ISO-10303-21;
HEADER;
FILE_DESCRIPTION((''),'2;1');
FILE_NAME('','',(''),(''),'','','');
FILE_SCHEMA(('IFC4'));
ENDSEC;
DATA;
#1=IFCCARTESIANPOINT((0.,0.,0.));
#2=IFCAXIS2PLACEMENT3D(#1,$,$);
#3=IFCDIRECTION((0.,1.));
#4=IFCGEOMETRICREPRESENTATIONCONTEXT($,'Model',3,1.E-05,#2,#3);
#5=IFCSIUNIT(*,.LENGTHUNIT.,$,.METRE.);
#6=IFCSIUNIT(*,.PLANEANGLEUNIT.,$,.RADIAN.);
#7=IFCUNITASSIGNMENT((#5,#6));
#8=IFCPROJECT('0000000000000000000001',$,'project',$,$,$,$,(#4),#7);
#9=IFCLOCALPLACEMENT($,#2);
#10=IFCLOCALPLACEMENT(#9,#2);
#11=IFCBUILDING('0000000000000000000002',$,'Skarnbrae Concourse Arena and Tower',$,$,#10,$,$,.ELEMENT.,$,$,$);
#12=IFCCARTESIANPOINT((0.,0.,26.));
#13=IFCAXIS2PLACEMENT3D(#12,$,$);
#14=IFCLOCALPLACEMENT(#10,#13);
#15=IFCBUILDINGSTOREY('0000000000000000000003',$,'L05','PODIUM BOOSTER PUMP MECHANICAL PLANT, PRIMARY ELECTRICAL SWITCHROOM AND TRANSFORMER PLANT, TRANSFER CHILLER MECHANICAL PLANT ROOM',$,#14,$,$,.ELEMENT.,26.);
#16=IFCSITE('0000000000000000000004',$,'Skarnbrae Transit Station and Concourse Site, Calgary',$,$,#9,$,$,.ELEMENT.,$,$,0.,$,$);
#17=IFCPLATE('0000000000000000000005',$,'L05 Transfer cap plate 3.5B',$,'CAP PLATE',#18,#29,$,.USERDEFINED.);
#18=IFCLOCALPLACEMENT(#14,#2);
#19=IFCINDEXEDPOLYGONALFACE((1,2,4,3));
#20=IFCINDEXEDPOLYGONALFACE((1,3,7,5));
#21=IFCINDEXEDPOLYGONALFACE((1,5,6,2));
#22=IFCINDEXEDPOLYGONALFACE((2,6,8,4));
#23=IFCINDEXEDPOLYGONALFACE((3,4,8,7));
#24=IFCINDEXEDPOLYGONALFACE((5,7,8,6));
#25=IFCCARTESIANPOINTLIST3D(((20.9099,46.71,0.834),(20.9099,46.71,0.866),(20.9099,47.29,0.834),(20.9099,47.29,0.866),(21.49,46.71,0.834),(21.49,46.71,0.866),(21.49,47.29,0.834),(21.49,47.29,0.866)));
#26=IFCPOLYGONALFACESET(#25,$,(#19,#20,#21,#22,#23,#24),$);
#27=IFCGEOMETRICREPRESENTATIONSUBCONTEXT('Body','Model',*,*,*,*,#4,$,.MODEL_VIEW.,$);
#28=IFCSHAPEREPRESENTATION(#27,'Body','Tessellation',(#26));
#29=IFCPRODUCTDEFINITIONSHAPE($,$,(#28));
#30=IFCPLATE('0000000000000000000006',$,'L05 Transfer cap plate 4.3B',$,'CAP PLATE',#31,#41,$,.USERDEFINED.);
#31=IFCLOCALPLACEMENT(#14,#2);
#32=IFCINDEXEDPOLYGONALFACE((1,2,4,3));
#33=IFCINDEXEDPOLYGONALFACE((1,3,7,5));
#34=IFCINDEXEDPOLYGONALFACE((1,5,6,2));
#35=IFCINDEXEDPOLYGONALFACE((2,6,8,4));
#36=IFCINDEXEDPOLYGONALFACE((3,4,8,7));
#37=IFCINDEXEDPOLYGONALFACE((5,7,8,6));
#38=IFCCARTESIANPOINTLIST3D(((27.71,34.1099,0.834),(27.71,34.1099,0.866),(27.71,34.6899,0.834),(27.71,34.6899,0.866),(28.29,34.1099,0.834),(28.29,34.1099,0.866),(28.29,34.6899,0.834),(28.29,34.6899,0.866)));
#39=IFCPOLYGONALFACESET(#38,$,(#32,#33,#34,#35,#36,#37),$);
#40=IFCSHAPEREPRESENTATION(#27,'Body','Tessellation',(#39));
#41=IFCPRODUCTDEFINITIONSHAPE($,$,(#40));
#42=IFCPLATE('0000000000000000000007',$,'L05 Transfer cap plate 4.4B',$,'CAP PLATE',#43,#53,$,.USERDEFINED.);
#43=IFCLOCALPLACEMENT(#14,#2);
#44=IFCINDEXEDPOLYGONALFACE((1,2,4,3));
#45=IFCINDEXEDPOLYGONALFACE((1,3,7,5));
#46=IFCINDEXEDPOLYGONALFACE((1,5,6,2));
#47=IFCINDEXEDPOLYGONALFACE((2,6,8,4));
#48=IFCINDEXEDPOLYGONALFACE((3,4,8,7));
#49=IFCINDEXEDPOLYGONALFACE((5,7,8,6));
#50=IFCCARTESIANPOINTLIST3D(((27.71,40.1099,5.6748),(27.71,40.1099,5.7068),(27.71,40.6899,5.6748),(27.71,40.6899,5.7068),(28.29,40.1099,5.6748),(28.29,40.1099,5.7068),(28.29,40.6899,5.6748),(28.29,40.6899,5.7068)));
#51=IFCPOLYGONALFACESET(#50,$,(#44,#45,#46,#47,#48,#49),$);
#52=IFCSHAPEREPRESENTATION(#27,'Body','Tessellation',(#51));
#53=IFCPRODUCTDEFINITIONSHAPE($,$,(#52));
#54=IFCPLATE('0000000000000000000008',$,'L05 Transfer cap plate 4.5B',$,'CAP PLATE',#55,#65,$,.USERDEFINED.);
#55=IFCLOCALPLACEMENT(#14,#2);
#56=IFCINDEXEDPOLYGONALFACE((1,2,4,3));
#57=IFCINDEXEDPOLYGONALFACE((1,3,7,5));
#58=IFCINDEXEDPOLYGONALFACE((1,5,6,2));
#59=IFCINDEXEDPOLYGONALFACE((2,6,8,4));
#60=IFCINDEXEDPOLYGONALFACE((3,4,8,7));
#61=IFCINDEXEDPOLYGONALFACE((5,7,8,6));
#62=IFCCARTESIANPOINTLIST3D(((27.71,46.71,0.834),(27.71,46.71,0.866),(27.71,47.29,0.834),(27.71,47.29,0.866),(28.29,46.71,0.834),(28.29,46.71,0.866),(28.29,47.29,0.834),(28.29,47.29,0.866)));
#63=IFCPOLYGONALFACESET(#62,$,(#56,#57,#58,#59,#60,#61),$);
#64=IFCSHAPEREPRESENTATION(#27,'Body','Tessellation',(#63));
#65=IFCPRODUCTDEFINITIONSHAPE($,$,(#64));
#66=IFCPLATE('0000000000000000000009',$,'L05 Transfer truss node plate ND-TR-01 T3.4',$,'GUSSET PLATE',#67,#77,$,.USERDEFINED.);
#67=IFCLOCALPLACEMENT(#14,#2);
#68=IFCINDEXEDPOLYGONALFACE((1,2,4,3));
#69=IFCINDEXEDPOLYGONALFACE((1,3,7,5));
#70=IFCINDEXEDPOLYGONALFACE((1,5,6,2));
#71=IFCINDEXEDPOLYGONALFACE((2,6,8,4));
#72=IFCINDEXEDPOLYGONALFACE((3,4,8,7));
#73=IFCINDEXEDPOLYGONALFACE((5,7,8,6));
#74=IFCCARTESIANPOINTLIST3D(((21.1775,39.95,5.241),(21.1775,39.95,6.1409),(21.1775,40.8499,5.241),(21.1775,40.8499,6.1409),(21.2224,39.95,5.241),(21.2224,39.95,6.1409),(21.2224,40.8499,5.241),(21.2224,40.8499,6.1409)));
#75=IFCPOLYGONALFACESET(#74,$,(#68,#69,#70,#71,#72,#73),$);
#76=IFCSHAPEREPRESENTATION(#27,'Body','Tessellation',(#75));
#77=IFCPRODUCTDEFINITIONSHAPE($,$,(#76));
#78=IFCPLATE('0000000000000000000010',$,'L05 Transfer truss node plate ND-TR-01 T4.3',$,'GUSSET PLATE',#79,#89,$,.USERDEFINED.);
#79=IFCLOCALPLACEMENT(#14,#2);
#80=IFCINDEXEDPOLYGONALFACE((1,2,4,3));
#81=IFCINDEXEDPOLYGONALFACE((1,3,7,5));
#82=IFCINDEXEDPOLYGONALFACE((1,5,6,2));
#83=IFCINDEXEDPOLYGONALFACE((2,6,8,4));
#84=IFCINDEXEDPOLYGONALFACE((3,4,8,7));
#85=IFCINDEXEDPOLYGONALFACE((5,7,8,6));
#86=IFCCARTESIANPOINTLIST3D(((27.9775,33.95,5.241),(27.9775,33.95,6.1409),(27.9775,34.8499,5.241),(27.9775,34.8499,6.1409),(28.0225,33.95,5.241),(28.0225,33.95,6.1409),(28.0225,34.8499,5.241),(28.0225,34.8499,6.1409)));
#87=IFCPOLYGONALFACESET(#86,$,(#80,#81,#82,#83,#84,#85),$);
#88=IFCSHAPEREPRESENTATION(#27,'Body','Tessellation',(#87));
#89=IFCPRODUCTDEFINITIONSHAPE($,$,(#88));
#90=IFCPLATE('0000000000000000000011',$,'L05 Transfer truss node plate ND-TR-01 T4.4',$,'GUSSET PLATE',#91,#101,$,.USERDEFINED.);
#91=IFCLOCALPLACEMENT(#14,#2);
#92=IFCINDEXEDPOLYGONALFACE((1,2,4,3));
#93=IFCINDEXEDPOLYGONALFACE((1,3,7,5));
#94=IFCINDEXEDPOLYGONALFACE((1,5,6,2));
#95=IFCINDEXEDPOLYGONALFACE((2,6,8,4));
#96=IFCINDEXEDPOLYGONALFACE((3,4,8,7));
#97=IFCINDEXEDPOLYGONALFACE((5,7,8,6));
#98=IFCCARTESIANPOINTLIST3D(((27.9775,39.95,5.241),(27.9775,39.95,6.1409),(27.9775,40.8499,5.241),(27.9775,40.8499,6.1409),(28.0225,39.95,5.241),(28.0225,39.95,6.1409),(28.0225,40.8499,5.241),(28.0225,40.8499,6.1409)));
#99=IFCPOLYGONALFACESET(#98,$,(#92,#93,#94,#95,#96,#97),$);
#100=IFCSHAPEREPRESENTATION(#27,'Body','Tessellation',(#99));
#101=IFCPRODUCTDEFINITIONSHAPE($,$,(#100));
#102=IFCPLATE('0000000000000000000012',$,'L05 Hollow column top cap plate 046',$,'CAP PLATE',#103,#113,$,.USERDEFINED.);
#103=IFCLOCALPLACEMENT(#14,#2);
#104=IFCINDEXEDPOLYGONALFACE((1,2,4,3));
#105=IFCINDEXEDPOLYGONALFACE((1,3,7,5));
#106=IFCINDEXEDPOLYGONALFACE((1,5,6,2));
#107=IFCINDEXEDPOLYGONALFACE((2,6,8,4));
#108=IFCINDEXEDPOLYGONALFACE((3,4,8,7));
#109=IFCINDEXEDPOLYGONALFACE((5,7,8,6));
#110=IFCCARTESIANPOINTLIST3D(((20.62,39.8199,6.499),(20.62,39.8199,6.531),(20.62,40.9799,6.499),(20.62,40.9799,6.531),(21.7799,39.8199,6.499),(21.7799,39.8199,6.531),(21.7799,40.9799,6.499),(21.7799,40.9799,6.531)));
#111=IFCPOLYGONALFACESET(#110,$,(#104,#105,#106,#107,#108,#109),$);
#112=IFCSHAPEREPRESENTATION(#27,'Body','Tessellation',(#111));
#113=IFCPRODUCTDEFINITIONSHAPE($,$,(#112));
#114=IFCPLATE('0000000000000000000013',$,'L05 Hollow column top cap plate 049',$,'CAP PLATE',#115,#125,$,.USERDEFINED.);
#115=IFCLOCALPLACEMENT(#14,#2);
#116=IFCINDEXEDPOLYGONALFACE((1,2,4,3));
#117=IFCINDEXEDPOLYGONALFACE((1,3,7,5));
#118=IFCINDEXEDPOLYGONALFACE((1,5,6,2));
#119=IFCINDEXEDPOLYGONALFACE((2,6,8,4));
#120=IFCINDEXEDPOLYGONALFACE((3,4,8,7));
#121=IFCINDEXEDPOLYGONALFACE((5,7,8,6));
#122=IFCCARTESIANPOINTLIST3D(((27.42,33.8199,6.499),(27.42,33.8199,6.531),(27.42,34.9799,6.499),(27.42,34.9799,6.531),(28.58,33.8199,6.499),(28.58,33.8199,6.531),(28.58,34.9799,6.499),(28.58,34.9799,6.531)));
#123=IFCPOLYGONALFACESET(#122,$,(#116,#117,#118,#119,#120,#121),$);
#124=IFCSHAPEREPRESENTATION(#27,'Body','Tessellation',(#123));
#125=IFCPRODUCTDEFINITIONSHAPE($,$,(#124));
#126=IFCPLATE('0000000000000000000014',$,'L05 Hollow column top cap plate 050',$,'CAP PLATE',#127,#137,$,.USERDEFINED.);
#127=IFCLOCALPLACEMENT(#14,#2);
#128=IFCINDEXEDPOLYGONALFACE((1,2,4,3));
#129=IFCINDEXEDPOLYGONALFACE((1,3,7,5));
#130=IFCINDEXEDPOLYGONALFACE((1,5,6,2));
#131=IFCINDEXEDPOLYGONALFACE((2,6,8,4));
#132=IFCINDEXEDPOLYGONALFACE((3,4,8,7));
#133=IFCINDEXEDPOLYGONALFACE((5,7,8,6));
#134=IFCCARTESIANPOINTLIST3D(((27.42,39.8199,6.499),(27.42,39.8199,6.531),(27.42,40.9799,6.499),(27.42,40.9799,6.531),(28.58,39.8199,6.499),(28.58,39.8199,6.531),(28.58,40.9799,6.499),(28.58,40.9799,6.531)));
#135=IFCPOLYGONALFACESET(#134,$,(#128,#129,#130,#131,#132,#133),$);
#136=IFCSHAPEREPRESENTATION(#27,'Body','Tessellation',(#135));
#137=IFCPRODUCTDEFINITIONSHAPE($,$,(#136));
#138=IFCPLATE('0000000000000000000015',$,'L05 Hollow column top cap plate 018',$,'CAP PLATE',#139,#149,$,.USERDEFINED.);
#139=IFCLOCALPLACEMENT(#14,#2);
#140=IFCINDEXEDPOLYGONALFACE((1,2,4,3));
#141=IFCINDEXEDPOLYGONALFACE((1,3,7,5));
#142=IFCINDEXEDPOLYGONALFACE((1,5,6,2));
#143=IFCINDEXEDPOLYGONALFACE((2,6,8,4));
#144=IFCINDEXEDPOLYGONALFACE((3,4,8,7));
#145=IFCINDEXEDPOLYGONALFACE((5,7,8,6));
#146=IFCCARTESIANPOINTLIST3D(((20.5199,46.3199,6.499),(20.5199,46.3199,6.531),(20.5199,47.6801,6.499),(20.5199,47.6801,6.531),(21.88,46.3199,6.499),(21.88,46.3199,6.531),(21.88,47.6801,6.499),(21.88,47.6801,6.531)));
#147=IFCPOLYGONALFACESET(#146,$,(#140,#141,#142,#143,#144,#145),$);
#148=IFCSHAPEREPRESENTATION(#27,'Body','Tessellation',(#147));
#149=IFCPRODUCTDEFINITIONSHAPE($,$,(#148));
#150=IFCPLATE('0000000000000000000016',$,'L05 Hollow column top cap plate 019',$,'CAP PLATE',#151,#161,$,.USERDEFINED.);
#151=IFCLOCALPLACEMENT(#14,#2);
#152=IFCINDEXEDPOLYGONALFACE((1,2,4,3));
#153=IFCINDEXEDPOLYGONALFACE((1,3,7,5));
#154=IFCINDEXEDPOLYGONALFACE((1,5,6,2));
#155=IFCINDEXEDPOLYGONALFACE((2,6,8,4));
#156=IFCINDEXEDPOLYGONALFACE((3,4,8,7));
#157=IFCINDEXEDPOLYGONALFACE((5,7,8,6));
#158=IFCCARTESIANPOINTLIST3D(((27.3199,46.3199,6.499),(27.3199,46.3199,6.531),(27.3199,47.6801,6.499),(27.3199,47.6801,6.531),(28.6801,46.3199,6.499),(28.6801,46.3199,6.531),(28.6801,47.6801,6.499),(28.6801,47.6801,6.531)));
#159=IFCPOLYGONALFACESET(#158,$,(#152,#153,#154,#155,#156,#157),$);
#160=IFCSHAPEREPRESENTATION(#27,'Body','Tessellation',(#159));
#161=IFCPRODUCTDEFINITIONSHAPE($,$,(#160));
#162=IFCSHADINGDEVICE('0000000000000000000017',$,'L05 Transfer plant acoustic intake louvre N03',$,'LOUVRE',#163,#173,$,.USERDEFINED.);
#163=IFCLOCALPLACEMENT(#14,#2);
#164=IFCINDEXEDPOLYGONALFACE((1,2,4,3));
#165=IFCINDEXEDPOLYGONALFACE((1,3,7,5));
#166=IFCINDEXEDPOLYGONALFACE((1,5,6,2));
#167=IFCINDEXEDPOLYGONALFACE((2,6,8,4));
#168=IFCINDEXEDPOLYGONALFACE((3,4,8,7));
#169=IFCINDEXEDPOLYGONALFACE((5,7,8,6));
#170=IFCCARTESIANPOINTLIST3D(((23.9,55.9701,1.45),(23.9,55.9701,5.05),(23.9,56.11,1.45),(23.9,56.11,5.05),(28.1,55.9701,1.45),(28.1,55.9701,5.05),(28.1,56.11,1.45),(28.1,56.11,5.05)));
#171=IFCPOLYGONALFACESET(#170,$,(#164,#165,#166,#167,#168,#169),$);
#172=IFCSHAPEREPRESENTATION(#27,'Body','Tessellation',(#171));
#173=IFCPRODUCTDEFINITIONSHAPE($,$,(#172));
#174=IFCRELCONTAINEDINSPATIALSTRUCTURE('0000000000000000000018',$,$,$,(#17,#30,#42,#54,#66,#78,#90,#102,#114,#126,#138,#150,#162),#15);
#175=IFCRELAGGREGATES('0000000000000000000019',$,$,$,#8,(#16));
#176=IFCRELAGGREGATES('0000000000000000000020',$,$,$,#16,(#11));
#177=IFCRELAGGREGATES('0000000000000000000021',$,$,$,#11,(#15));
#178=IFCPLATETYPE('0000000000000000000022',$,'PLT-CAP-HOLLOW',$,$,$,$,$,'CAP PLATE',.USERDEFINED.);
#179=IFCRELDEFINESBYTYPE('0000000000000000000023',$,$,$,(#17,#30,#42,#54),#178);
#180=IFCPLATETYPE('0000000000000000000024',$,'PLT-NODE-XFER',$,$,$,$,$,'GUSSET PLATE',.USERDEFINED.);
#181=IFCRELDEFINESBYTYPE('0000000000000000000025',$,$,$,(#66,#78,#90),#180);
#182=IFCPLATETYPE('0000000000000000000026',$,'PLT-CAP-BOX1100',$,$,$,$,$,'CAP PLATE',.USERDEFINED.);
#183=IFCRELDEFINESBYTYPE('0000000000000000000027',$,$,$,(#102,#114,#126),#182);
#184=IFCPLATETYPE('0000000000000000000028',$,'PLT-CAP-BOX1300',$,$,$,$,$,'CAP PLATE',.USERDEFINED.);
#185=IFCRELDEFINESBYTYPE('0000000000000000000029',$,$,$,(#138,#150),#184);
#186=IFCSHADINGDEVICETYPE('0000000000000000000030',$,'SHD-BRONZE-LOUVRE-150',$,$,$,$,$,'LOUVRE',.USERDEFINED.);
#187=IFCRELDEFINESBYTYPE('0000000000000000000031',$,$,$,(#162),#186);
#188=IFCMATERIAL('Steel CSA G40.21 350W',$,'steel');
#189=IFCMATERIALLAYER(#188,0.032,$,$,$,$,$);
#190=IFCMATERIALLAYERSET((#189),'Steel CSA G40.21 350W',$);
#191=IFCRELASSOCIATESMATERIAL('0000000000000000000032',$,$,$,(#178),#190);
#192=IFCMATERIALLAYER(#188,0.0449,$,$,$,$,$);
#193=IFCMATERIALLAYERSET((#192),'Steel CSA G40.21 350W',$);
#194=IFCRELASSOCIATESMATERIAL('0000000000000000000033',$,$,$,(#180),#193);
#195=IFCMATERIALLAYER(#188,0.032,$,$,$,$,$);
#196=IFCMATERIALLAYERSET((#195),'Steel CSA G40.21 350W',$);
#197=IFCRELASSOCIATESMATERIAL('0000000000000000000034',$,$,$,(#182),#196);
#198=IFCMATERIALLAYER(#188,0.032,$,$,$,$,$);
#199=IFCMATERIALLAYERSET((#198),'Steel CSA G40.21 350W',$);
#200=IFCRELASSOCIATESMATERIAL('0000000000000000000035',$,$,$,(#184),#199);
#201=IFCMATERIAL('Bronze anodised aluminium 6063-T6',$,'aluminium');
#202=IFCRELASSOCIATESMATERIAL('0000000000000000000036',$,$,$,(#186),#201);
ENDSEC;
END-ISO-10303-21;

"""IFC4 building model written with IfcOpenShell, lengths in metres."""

from ifc_helpers import new_model, si_unit, direction, frame, origin, origin_2d, place, context, subcontext, project, spatial, rectangle, extrude, source, transform, mapped, material, layer, layer_set, type_object, element, save


model = new_model("IFC4")

# Units and contexts
model_context = context("Model", 3, precision=1e-05, world=origin(), true_north=direction((0.0, 1.0)))
body_context = subcontext(model_context, "Body", "Model", "MODEL_VIEW")
ifc_project = project(units=[si_unit("LENGTHUNIT", "METRE"), si_unit("PLANEANGLEUNIT", "RADIAN")], contexts=[model_context])

# Site, building, storey
site_placement = place(None, origin())
site = spatial("IfcSite", under=ifc_project, at=site_placement, Name="Skarnbrae Transit Station and Concourse Site, Calgary", CompositionType="ELEMENT", RefElevation=0.0)
building_placement = place(site_placement, origin())
building = spatial("IfcBuilding", under=site, at=building_placement, Name="Skarnbrae Concourse Arena and Tower", CompositionType="ELEMENT")
storey_placement = place(building_placement, frame((0.0, 0.0, 26.0)))
storey = spatial("IfcBuildingStorey", under=building, at=storey_placement, Name="L05", Description="PODIUM BOOSTER PUMP MECHANICAL PLANT, PRIMARY ELECTRICAL SWITCHROOM AND TRANSFORMER PLANT, TRANSFER CHILLER MECHANICAL PLANT ROOM", CompositionType="ELEMENT", Elevation=26.0)

# Shared definitions
ifc_material_1 = material(Name="Steel CSA G40.21 350W", Category="steel")

# Plates
ifc_layer_1 = layer(ifc_material_1, 0.032)
ifc_layer_set_1 = layer_set([ifc_layer_1], Name="Steel CSA G40.21 350W")
plate_type_1 = type_object("IfcPlateType", Name="PLT-CAP-HOLLOW", ElementType="CAP PLATE", PredefinedType="USERDEFINED", material=ifc_layer_set_1)
shared_shape_1 = source(origin(), body_context, "Body", "SweptSolid", [
    extrude(rectangle(XDim=0.5801, YDim=0.5801, at=origin_2d()), origin(), (0.0, 0.0, 1.0), 0.032),
])
for number, where, z_axis, x_axis, name in (
    (1, (21.2, 47.0, 0.834), (0.0, 0.0, 1.0), (1.0, 0.0, 0.0), "L05 Transfer cap plate 3.5B"),
    (2, (28.0, 34.3999, 0.834), (0.0, 0.0, 1.0), (1.0, 0.0, 0.0), "L05 Transfer cap plate 4.3B"),
    (3, (28.0, 40.3999, 5.6748), (0.0, 0.0, 1.0), (1.0, 0.0, 0.0), "L05 Transfer cap plate 4.4B"),
    (4, (28.0, 47.0, 0.834), (0.0, 0.0, 1.0), (1.0, 0.0, 0.0), "L05 Transfer cap plate 4.5B"),
):
    element("IfcPlate", number, at=place(storey_placement, frame(where, z_axis=z_axis, x_axis=x_axis)), inside=storey, type_object=plate_type_1, Name=name, ObjectType="CAP PLATE", PredefinedType="USERDEFINED", context=body_context, shape_type="MappedRepresentation", body=[
        mapped(shared_shape_1, transform((0.0, 0.0, 0.0))),
    ])
ifc_layer_2 = layer(ifc_material_1, 0.0449)
ifc_layer_set_2 = layer_set([ifc_layer_2], Name="Steel CSA G40.21 350W")
plate_type_2 = type_object("IfcPlateType", Name="PLT-NODE-XFER", ElementType="GUSSET PLATE", PredefinedType="USERDEFINED", material=ifc_layer_set_2)
shared_shape_2 = source(origin(), body_context, "Body", "SweptSolid", [
    extrude(rectangle(XDim=0.8999, YDim=0.0449, at=origin_2d()), origin(), (0.0, 0.0, 1.0), 0.8999),
])
for number, where, z_axis, x_axis, name in (
    (5, (21.2, 40.3999, 5.241), (0.0, 0.0, 1.0), (0.0, 1.0, 0.0), "L05 Transfer truss node plate ND-TR-01 T3.4"),
    (6, (28.0, 34.3999, 5.241), (0.0, 0.0, 1.0), (0.0, 1.0, 0.0), "L05 Transfer truss node plate ND-TR-01 T4.3"),
    (7, (28.0, 40.3999, 5.241), (0.0, 0.0, 1.0), (0.0, 1.0, 0.0), "L05 Transfer truss node plate ND-TR-01 T4.4"),
):
    element("IfcPlate", number, at=place(storey_placement, frame(where, z_axis=z_axis, x_axis=x_axis)), inside=storey, type_object=plate_type_2, Name=name, ObjectType="GUSSET PLATE", PredefinedType="USERDEFINED", context=body_context, shape_type="MappedRepresentation", body=[
        mapped(shared_shape_2, transform((0.0, 0.0, 0.0))),
    ])
ifc_layer_3 = layer(ifc_material_1, 0.032)
ifc_layer_set_3 = layer_set([ifc_layer_3], Name="Steel CSA G40.21 350W")
plate_type_3 = type_object("IfcPlateType", Name="PLT-CAP-BOX1100", ElementType="CAP PLATE", PredefinedType="USERDEFINED", material=ifc_layer_set_3)
shared_shape_3 = source(origin(), body_context, "Body", "SweptSolid", [
    extrude(rectangle(XDim=1.1599, YDim=1.1599, at=origin_2d()), origin(), (0.0, 0.0, 1.0), 0.032),
])
for number, where, z_axis, x_axis, name in (
    (8, (21.2, 40.3999, 6.499), (0.0, 0.0, 1.0), (1.0, 0.0, 0.0), "L05 Hollow column top cap plate 046"),
    (9, (28.0, 34.3999, 6.499), (0.0, 0.0, 1.0), (1.0, 0.0, 0.0), "L05 Hollow column top cap plate 049"),
    (10, (28.0, 40.3999, 6.499), (0.0, 0.0, 1.0), (1.0, 0.0, 0.0), "L05 Hollow column top cap plate 050"),
):
    element("IfcPlate", number, at=place(storey_placement, frame(where, z_axis=z_axis, x_axis=x_axis)), inside=storey, type_object=plate_type_3, Name=name, ObjectType="CAP PLATE", PredefinedType="USERDEFINED", context=body_context, shape_type="MappedRepresentation", body=[
        mapped(shared_shape_3, transform((0.0, 0.0, 0.0))),
    ])
ifc_layer_4 = layer(ifc_material_1, 0.032)
ifc_layer_set_4 = layer_set([ifc_layer_4], Name="Steel CSA G40.21 350W")
plate_type_4 = type_object("IfcPlateType", Name="PLT-CAP-BOX1300", ElementType="CAP PLATE", PredefinedType="USERDEFINED", material=ifc_layer_set_4)
shared_shape_4 = source(origin(), body_context, "Body", "SweptSolid", [
    extrude(rectangle(XDim=1.3601, YDim=1.3601, at=origin_2d()), origin(), (0.0, 0.0, 1.0), 0.032),
])
for number, where, z_axis, x_axis, name in (
    (11, (21.2, 47.0, 6.499), (0.0, 0.0, 1.0), (1.0, 0.0, 0.0), "L05 Hollow column top cap plate 018"),
    (12, (28.0, 47.0, 6.499), (0.0, 0.0, 1.0), (1.0, 0.0, 0.0), "L05 Hollow column top cap plate 019"),
):
    element("IfcPlate", number, at=place(storey_placement, frame(where, z_axis=z_axis, x_axis=x_axis)), inside=storey, type_object=plate_type_4, Name=name, ObjectType="CAP PLATE", PredefinedType="USERDEFINED", context=body_context, shape_type="MappedRepresentation", body=[
        mapped(shared_shape_4, transform((0.0, 0.0, 0.0))),
    ])

# Shading device
ifc_material_2 = material(Name="Bronze anodised aluminium 6063-T6", Category="aluminium")
shading_device_type = type_object("IfcShadingDeviceType", Name="SHD-BRONZE-LOUVRE-150", ElementType="LOUVRE", PredefinedType="USERDEFINED", material=ifc_material_2)
shared_shape_5 = source(origin(), body_context, "Body", "SweptSolid", [
    extrude(rectangle(XDim=4.2, YDim=0.1399, at=origin_2d()), origin(), (0.0, 0.0, 1.0), 3.6001),
])
shading_device_placement = place(storey_placement, frame((26.0, 56.04, 1.45), z_axis=(0.0, 0.0, 1.0), x_axis=(1.0, 0.0, 0.0)))
element("IfcShadingDevice", 13, at=shading_device_placement, inside=storey, type_object=shading_device_type, Name="L05 Transfer plant acoustic intake louvre N03", ObjectType="LOUVRE", PredefinedType="USERDEFINED", context=body_context, shape_type="MappedRepresentation", body=[
    mapped(shared_shape_5, transform((0.0, 0.0, 0.0))),
])

save(model, "model.ifc")
